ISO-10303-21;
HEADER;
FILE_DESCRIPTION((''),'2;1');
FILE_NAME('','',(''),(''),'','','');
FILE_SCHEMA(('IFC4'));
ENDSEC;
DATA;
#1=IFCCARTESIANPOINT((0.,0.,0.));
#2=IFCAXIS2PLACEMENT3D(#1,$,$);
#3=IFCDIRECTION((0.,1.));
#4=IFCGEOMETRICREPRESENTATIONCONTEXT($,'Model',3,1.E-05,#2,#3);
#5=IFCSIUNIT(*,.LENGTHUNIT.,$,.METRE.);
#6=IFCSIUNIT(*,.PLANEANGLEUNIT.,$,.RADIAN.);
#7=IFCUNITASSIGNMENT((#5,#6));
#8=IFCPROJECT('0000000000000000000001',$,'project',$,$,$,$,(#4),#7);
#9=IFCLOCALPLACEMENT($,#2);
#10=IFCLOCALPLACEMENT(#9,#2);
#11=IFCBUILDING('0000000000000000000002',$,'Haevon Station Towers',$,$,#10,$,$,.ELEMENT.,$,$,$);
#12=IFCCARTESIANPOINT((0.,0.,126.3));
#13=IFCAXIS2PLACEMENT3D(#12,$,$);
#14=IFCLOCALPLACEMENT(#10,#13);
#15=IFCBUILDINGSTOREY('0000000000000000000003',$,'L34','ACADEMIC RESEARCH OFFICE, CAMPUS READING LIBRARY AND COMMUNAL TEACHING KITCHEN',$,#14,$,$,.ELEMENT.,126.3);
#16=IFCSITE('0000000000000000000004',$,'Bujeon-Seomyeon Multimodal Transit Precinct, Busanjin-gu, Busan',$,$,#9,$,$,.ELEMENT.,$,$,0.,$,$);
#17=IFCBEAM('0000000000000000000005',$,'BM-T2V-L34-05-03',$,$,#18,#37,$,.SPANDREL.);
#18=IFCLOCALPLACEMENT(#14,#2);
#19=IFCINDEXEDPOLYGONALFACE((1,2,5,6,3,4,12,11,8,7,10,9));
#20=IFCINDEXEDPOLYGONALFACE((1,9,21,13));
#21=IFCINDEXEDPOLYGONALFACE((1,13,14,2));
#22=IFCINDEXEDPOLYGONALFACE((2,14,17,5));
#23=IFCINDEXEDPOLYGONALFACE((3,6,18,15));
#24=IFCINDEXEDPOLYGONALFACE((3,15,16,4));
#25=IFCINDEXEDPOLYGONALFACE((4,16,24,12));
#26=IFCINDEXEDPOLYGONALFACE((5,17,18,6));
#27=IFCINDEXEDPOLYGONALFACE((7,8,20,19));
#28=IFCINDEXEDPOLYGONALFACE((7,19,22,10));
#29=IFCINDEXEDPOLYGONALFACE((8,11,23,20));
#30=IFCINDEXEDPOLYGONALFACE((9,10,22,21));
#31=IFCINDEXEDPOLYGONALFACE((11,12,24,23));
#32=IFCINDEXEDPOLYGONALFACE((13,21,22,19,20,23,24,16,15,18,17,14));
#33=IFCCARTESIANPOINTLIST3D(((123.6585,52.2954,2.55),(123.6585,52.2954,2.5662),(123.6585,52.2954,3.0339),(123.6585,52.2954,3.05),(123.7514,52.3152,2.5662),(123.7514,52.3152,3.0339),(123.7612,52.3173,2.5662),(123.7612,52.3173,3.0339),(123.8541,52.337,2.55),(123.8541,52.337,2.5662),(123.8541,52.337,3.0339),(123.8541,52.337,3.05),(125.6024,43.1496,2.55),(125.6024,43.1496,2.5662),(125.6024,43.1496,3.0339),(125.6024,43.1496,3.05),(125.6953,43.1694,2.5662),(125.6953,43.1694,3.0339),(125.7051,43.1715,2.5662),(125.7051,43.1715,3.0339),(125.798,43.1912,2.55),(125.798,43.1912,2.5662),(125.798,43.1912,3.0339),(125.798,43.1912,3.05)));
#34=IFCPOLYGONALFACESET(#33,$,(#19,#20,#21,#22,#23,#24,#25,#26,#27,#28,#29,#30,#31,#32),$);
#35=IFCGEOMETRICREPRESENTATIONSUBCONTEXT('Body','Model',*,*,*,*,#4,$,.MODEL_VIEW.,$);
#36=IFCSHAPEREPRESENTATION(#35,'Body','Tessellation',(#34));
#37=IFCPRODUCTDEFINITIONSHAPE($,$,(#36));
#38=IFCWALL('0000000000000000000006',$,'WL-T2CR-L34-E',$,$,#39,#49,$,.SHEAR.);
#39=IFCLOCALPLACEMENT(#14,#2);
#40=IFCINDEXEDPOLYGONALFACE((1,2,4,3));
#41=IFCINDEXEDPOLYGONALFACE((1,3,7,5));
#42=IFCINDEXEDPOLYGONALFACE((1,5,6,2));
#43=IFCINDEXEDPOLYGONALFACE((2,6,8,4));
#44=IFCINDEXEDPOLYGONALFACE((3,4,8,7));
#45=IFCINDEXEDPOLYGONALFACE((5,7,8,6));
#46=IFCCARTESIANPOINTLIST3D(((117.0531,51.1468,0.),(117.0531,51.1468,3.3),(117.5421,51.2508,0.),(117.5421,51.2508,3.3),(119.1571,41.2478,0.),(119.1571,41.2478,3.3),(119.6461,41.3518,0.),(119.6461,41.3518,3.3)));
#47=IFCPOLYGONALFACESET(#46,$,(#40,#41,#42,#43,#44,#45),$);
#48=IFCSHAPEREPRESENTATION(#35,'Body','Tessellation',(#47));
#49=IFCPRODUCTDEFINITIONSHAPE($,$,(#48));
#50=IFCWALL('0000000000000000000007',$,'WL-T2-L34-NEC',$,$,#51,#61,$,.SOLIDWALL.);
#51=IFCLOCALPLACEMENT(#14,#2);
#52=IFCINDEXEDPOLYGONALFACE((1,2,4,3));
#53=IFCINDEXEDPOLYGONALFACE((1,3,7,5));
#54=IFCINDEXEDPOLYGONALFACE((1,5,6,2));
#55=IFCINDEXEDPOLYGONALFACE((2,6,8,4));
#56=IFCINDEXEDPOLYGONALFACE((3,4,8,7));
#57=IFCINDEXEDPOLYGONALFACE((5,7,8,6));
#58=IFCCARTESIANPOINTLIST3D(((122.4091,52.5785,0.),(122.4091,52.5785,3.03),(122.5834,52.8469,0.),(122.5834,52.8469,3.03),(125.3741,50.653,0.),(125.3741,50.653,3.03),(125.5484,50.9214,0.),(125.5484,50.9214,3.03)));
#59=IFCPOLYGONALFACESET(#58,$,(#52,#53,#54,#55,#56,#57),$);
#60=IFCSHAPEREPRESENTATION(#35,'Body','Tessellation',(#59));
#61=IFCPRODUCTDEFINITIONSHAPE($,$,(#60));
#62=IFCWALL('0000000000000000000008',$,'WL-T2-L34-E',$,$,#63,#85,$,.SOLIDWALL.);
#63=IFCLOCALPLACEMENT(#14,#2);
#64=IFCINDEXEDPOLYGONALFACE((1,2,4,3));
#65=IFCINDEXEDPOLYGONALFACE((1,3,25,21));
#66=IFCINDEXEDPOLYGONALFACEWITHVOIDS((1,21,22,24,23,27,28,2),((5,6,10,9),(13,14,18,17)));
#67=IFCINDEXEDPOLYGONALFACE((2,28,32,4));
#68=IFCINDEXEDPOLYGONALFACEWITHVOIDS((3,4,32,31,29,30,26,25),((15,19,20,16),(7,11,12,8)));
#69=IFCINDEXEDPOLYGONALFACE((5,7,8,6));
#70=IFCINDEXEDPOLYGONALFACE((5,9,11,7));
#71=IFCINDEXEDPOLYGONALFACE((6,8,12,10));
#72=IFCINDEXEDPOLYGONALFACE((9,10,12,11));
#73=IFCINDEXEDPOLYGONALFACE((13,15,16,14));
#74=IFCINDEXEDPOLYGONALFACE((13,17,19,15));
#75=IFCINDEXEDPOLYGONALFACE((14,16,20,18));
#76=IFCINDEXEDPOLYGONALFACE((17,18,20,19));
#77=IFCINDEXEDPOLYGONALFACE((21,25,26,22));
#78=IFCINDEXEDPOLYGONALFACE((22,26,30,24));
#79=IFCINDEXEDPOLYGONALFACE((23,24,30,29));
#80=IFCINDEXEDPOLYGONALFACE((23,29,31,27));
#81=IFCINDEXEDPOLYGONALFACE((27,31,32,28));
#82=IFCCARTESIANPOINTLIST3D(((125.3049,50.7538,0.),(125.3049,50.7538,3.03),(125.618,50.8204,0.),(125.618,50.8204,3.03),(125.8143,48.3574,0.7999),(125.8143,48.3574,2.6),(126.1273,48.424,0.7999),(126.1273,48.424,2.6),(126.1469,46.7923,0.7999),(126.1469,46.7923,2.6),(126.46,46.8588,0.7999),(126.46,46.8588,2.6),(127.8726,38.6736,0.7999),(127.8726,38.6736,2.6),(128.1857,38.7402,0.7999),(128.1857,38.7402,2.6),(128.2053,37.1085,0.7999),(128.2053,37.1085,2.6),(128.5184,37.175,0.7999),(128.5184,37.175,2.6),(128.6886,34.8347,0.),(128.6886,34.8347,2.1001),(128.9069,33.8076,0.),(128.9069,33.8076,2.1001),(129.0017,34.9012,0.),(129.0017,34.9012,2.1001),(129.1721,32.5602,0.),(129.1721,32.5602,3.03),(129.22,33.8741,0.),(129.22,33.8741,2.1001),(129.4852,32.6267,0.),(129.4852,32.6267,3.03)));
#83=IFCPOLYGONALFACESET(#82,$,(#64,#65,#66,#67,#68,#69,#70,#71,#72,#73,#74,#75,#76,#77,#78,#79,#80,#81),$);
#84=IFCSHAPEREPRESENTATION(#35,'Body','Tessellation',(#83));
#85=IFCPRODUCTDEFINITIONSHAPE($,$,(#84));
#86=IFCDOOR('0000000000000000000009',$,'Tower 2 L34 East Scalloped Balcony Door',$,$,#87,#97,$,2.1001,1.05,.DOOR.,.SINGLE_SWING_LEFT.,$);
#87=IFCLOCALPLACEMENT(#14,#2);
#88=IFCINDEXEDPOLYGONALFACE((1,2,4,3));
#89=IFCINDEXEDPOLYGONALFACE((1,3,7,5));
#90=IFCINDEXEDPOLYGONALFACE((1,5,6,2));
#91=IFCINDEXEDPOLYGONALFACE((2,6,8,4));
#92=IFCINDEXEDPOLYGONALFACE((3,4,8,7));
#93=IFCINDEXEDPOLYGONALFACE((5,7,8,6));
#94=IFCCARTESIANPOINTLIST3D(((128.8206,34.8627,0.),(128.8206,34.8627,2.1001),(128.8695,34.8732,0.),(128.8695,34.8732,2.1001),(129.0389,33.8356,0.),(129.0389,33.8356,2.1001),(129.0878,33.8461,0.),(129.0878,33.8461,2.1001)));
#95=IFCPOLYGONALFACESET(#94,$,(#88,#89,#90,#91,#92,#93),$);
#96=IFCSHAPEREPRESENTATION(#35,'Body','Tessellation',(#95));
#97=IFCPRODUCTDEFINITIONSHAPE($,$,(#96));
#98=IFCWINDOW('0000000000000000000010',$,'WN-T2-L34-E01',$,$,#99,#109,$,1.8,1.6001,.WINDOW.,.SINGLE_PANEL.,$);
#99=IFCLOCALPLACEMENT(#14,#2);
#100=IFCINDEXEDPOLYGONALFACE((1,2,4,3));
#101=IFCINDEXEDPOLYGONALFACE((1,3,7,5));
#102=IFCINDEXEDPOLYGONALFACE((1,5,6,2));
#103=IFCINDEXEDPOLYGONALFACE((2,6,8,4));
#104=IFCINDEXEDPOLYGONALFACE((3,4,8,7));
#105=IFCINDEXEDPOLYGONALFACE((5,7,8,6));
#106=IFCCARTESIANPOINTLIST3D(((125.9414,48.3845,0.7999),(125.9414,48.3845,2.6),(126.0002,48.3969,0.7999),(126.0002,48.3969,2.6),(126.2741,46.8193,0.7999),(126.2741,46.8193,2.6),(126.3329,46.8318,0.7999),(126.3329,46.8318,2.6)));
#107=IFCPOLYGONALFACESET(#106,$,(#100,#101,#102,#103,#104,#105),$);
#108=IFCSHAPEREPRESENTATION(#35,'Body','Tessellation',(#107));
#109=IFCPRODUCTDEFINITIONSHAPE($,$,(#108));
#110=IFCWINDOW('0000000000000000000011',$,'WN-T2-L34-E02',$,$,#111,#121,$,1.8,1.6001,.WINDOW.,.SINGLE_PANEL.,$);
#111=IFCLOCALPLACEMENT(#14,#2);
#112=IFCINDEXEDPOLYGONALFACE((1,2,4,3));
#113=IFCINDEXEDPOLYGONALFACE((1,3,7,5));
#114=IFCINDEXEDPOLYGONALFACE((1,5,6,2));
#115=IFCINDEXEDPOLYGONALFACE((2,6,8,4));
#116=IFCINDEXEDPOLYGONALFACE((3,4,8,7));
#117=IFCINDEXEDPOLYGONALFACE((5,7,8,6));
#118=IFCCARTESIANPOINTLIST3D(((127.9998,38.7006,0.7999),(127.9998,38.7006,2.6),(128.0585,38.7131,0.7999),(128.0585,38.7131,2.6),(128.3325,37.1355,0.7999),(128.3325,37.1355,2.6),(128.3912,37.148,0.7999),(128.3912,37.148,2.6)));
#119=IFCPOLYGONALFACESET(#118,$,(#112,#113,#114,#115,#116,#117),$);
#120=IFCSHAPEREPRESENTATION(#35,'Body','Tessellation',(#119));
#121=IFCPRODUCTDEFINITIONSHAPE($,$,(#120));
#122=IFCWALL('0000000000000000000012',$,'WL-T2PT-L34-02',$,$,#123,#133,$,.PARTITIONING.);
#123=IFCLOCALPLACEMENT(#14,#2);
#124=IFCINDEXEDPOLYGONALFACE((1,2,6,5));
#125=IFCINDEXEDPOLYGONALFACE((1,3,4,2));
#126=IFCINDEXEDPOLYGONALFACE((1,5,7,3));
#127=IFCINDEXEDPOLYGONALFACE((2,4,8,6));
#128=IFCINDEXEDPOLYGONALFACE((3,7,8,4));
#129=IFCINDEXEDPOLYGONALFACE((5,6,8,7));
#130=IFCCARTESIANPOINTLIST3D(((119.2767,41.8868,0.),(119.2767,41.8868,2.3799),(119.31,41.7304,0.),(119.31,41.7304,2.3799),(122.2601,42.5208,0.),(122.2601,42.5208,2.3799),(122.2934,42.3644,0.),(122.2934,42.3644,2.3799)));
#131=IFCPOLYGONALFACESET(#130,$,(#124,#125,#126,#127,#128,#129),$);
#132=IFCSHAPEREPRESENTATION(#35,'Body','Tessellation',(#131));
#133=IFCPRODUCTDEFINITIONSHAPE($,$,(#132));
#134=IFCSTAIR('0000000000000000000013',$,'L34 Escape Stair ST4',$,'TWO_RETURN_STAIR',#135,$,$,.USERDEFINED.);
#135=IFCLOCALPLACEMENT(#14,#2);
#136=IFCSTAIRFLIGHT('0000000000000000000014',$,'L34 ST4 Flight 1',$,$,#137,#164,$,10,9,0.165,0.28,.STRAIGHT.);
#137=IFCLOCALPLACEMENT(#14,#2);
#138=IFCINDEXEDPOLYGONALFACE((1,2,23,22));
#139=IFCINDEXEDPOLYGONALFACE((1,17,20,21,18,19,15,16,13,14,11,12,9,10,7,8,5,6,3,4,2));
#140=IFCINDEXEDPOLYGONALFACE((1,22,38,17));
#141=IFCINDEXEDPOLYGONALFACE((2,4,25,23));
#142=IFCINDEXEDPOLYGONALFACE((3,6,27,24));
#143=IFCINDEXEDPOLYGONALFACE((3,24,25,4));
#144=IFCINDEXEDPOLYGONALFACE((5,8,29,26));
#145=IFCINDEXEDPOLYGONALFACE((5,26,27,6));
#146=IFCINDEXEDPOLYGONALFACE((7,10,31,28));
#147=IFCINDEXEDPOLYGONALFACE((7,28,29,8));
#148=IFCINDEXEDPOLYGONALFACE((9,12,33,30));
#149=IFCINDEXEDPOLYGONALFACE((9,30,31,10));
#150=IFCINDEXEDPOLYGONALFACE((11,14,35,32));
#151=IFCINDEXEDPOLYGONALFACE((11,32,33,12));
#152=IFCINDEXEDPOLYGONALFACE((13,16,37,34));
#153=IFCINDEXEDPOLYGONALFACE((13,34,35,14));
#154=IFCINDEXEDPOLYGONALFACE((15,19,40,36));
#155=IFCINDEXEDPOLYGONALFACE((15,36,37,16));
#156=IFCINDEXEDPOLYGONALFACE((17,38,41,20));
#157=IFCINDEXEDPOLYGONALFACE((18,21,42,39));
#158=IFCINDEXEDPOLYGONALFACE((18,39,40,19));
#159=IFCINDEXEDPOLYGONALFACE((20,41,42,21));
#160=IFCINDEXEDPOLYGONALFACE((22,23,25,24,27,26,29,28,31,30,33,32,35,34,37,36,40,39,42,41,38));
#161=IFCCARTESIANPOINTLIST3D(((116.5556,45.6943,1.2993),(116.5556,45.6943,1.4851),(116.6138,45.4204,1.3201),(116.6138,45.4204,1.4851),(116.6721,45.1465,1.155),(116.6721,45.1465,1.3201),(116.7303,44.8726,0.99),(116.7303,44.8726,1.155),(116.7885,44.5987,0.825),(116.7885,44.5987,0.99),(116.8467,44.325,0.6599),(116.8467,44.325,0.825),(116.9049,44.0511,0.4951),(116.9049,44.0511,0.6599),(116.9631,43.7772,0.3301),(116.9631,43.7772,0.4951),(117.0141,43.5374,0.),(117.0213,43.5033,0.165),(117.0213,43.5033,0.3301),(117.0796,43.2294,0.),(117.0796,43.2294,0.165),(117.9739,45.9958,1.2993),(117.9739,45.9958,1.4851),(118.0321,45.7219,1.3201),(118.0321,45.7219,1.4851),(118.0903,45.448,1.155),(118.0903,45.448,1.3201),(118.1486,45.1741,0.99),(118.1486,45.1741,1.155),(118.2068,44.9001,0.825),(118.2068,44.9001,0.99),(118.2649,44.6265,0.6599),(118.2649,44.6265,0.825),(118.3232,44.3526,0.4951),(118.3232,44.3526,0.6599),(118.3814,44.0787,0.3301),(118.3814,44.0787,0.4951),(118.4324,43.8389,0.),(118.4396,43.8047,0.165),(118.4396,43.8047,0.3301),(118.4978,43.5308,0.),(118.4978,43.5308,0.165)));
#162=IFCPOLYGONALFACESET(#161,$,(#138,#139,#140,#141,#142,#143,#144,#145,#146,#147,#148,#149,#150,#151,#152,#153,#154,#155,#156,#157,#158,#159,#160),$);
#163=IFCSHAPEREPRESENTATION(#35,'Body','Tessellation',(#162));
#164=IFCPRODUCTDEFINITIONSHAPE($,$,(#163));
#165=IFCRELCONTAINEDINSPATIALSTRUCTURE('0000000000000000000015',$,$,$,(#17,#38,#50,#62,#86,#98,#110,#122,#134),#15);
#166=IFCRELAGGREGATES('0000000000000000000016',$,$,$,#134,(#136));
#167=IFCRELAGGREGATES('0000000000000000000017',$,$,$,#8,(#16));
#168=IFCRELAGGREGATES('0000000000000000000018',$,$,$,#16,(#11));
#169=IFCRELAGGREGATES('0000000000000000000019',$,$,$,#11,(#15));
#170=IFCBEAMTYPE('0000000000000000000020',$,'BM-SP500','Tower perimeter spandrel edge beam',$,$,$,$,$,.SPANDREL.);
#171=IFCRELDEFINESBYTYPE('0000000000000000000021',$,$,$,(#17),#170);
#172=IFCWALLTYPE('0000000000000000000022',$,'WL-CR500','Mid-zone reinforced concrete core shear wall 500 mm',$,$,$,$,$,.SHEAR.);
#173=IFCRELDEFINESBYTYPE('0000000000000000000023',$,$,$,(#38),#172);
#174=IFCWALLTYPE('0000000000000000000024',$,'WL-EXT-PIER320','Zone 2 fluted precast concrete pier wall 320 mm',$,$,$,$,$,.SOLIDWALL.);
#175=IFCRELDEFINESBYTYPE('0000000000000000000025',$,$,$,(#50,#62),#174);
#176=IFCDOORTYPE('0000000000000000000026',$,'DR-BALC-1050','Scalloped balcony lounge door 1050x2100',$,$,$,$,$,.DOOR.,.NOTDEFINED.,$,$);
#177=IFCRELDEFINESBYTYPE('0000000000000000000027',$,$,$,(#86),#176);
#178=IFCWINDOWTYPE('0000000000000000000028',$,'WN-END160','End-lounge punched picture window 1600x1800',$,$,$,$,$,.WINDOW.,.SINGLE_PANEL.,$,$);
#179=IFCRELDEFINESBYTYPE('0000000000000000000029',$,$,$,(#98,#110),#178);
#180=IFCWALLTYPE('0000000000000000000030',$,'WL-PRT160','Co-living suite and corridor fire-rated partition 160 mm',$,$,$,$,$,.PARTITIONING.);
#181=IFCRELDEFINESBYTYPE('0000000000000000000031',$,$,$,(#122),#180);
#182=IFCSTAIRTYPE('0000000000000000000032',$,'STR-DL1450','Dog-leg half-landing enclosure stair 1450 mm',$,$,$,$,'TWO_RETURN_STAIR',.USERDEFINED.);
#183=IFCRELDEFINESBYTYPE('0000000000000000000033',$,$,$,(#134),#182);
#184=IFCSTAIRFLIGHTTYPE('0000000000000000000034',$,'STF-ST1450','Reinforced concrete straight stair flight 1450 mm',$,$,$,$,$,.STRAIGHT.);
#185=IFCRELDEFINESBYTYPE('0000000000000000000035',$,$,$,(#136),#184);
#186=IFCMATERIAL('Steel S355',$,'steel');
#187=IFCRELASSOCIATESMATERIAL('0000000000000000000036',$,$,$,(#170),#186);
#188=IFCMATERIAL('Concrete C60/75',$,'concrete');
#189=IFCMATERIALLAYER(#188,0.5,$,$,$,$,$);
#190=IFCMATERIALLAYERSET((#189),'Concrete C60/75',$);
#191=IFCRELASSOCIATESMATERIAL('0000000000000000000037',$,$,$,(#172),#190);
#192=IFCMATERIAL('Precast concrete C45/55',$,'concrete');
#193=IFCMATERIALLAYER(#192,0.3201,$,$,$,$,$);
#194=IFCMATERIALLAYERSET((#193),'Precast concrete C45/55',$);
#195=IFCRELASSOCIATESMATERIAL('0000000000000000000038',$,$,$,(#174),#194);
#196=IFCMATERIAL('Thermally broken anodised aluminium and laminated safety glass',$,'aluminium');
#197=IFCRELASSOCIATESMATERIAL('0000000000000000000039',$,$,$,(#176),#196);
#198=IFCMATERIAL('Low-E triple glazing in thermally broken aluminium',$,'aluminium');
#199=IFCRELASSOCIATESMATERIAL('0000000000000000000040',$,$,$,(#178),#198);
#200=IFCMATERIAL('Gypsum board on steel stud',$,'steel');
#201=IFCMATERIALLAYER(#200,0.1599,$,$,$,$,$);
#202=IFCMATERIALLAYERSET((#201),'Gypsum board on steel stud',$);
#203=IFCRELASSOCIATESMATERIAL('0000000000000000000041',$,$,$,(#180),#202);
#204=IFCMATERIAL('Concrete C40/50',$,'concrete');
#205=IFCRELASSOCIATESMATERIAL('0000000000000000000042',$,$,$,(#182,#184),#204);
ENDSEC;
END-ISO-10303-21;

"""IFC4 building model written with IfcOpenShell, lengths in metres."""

from ifc_helpers import new_model, si_unit, direction, frame, frame_2d, origin, origin_2d, place, context, subcontext, project, spatial, polyline, rectangle, i_section, outline, extrude, material, layer, layer_set, material_profile, profile_set, type_object, element, fill, aggregate, save


model = new_model("IFC4")

# Units and contexts
model_context = context("Model", 3, precision=1e-05, world=origin(), true_north=direction((0.0, 1.0)))
body_context = subcontext(model_context, "Body", "Model", "MODEL_VIEW")
ifc_project = project(units=[si_unit("LENGTHUNIT", "METRE"), si_unit("PLANEANGLEUNIT", "RADIAN")], contexts=[model_context])

# Site, building, storey
site_placement = place(None, origin())
site = spatial("IfcSite", under=ifc_project, at=site_placement, Name="Bujeon-Seomyeon Multimodal Transit Precinct, Busanjin-gu, Busan", CompositionType="ELEMENT", RefElevation=0.0)
building_placement = place(site_placement, origin())
building = spatial("IfcBuilding", under=site, at=building_placement, Name="Haevon Station Towers", CompositionType="ELEMENT")
storey_placement = place(building_placement, frame((0.0, 0.0, 126.3)))
storey = spatial("IfcBuildingStorey", under=building, at=storey_placement, Name="L34", Description="ACADEMIC RESEARCH OFFICE, CAMPUS READING LIBRARY AND COMMUNAL TEACHING KITCHEN", CompositionType="ELEMENT", Elevation=126.3)

# Beam
ifc_material_1 = material(Name="Steel S355", Category="steel")
ifc_material_profile_1 = material_profile(ifc_material_1, i_section(OverallWidth=0.2, OverallDepth=0.5, WebThickness=0.01, FlangeThickness=0.0161, at=origin_2d()), Name="H-500x200x10x16")
ifc_profile_set_1 = profile_set([ifc_material_profile_1], Name="Steel S355")
beam_type_1 = type_object("IfcBeamType", Name="BM-SP500", Description="Tower perimeter spandrel edge beam", PredefinedType="SPANDREL", material=ifc_profile_set_1)
beam_1_placement = place(storey_placement, frame((125.7002, 43.1704, 2.8), z_axis=(-0.207897, 0.978151, 0.0), x_axis=(-0.978151, -0.207897, 0.0)))
element("IfcBeam", 1, at=beam_1_placement, inside=storey, type_object=beam_type_1, Name="BM-T2V-L34-05-03", PredefinedType="SPANDREL", context=body_context, shape_type="SweptSolid", body=[
    extrude(i_section(OverallWidth=0.2, OverallDepth=0.5, WebThickness=0.01, FlangeThickness=0.0161, at=origin_2d()), origin(), (0.0, 0.0, 1.0), 9.3501),
])

# Walls
ifc_material_2 = material(Name="Concrete C60/75", Category="concrete")
ifc_layer_1 = layer(ifc_material_2, 0.5)
ifc_layer_set_1 = layer_set([ifc_layer_1], Name="Concrete C60/75")
wall_type_1 = type_object("IfcWallType", Name="WL-CR500", Description="Mid-zone reinforced concrete core shear wall 500 mm", PredefinedType="SHEAR", material=ifc_layer_set_1)
wall_1_placement = place(storey_placement, frame((119.4016, 41.2998, 0.0), z_axis=(0.0, 0.0, 1.0), x_axis=(-0.207904, 0.978149, 0.0)))
element("IfcWall", 2, at=wall_1_placement, inside=storey, type_object=wall_type_1, Name="WL-T2CR-L34-E", PredefinedType="SHEAR", context=body_context, shape_type="SweptSolid", body=[
    extrude(rectangle(XDim=10.1201, YDim=0.5, at=frame_2d((5.0601, 0.0))), origin(), (0.0, 0.0, 1.0), 3.3),
])
ifc_material_3 = material(Name="Precast concrete C45/55", Category="concrete")
ifc_layer_2 = layer(ifc_material_3, 0.3201)
ifc_layer_set_2 = layer_set([ifc_layer_2], Name="Precast concrete C45/55")
wall_type_2 = type_object("IfcWallType", Name="WL-EXT-PIER320", Description="Zone 2 fluted precast concrete pier wall 320 mm", PredefinedType="SOLIDWALL", material=ifc_layer_set_2)
wall_2_placement = place(storey_placement, frame((122.4963, 52.7126, 0.0), z_axis=(0.0, 0.0, 1.0), x_axis=(0.838672, -0.544636, 0.0)))
element("IfcWall", 3, at=wall_2_placement, inside=storey, type_object=wall_type_2, Name="WL-T2-L34-NEC", PredefinedType="SOLIDWALL", context=body_context, shape_type="SweptSolid", body=[
    extrude(rectangle(XDim=3.5354, YDim=0.3201, at=frame_2d((1.7676, 0.0))), origin(), (0.0, 0.0, 1.0), 3.03),
])

# Wall, openings, door, windows
wall_3_placement = place(storey_placement, frame((125.4614, 50.7871, 0.0), z_axis=(0.0, 0.0, 1.0), x_axis=(0.207913, -0.978147, 0.0)))
wall_3 = element("IfcWall", 4, at=wall_3_placement, inside=storey, type_object=wall_type_2, Name="WL-T2-L34-E", PredefinedType="SOLIDWALL", context=body_context, shape_type="SweptSolid", body=[
    extrude(rectangle(XDim=18.6001, YDim=0.3201, at=frame_2d((9.3, 0.0))), origin(), (0.0, 0.0, 1.0), 3.03),
])
opening_1_placement = place(wall_3_placement, frame((16.2749, 0.0, 0.0)))
opening_1 = element("IfcOpeningElement", 5, at=opening_1_placement, cuts=wall_3, PredefinedType="OPENING", context=body_context, shape_type="SweptSolid", body=[
    extrude(rectangle(XDim=1.05, YDim=2.1001, at=frame_2d((0.5249, 1.05))), frame((0.0, 0.1699, 0.0), z_axis=(0.0, -1.0, 0.0), x_axis=(1.0, 0.0, 0.0)), (0.0, 0.0, 1.0), 0.3401),
])
opening_2_placement = place(wall_3_placement, frame((2.45, 0.0, 0.8)))
opening_2 = element("IfcOpeningElement", 6, at=opening_2_placement, cuts=wall_3, PredefinedType="OPENING", context=body_context, shape_type="SweptSolid", body=[
    extrude(rectangle(XDim=1.6001, YDim=1.8, at=frame_2d((0.8, 0.8999))), frame((0.0, 0.1699, 0.0), z_axis=(0.0, -1.0, 0.0), x_axis=(1.0, 0.0, 0.0)), (0.0, 0.0, 1.0), 0.3401),
])
opening_3_placement = place(wall_3_placement, frame((12.3501, 0.0, 0.8)))
opening_3 = element("IfcOpeningElement", 7, at=opening_3_placement, cuts=wall_3, PredefinedType="OPENING", context=body_context, shape_type="SweptSolid", body=[
    extrude(rectangle(XDim=1.6001, YDim=1.8, at=frame_2d((0.8, 0.8999))), frame((0.0, 0.1699, 0.0), z_axis=(0.0, -1.0, 0.0), x_axis=(1.0, 0.0, 0.0)), (0.0, 0.0, 1.0), 0.3401),
])
ifc_material_4 = material(Name="Thermally broken anodised aluminium and laminated safety glass", Category="aluminium")
door_type = type_object("IfcDoorType", Name="DR-BALC-1050", Description="Scalloped balcony lounge door 1050x2100", OperationType="NOTDEFINED", PredefinedType="DOOR", material=ifc_material_4)
door_placement = place(opening_1_placement, origin())
door = element("IfcDoor", 8, at=door_placement, inside=storey, type_object=door_type, Name="Tower 2 L34 East Scalloped Balcony Door", OperationType="SINGLE_SWING_LEFT", OverallHeight=2.1001, OverallWidth=1.05, PredefinedType="DOOR", context=body_context, shape_type="SweptSolid", body=[
    extrude(rectangle(XDim=1.05, YDim=2.1001, at=frame_2d((0.5249, 1.05))), frame((0.0, 0.0249, 0.0), z_axis=(0.0, -1.0, 0.0), x_axis=(1.0, 0.0, 0.0)), (0.0, 0.0, 1.0), 0.05),
])
fill(opening_1, door)
ifc_material_5 = material(Name="Low-E triple glazing in thermally broken aluminium", Category="aluminium")
window_type = type_object("IfcWindowType", Name="WN-END160", Description="End-lounge punched picture window 1600x1800", PartitioningType="SINGLE_PANEL", PredefinedType="WINDOW", material=ifc_material_5)
window_1_placement = place(opening_2_placement, origin())
window_1 = element("IfcWindow", 9, at=window_1_placement, inside=storey, type_object=window_type, Name="WN-T2-L34-E01", OverallHeight=1.8, OverallWidth=1.6001, PartitioningType="SINGLE_PANEL", PredefinedType="WINDOW", context=body_context, shape_type="SweptSolid", body=[
    extrude(rectangle(XDim=1.6001, YDim=1.8, at=frame_2d((0.8, 0.8999))), frame((0.0, 0.03, 0.0), z_axis=(0.0, -1.0, 0.0), x_axis=(1.0, 0.0, 0.0)), (0.0, 0.0, 1.0), 0.0601),
])
fill(opening_2, window_1)
window_2_placement = place(opening_3_placement, origin())
window_2 = element("IfcWindow", 10, at=window_2_placement, inside=storey, type_object=window_type, Name="WN-T2-L34-E02", OverallHeight=1.8, OverallWidth=1.6001, PartitioningType="SINGLE_PANEL", PredefinedType="WINDOW", context=body_context, shape_type="SweptSolid", body=[
    extrude(rectangle(XDim=1.6001, YDim=1.8, at=frame_2d((0.8, 0.8999))), frame((0.0, 0.03, 0.0), z_axis=(0.0, -1.0, 0.0), x_axis=(1.0, 0.0, 0.0)), (0.0, 0.0, 1.0), 0.0601),
])
fill(opening_3, window_2)

# Wall
ifc_material_6 = material(Name="Gypsum board on steel stud", Category="steel")
ifc_layer_3 = layer(ifc_material_6, 0.1599)
ifc_layer_set_3 = layer_set([ifc_layer_3], Name="Gypsum board on steel stud")
wall_type_3 = type_object("IfcWallType", Name="WL-PRT160", Description="Co-living suite and corridor fire-rated partition 160 mm", PredefinedType="PARTITIONING", material=ifc_layer_set_3)
wall_4_placement = place(storey_placement, frame((119.2935, 41.8086, 0.0), z_axis=(0.0, 0.0, 1.0), x_axis=(0.978155, 0.207878, 0.0)))
element("IfcWall", 11, at=wall_4_placement, inside=storey, type_object=wall_type_3, Name="WL-T2PT-L34-02", PredefinedType="PARTITIONING", context=body_context, shape_type="SweptSolid", body=[
    extrude(rectangle(XDim=3.05, YDim=0.1599, at=frame_2d((1.5249, 0.0))), origin(), (0.0, 0.0, 1.0), 2.3799),
])

# Stair, stair flight
ifc_material_7 = material(Name="Concrete C40/50", Category="concrete")
stair_type = type_object("IfcStairType", Name="STR-DL1450", Description="Dog-leg half-landing enclosure stair 1450 mm", ElementType="TWO_RETURN_STAIR", PredefinedType="USERDEFINED", material=ifc_material_7)
stair_placement = place(storey_placement, origin())
stair = element("IfcStair", 12, at=stair_placement, inside=storey, type_object=stair_type, Name="L34 Escape Stair ST4", ObjectType="TWO_RETURN_STAIR", PredefinedType="USERDEFINED")
stair_flight_type = type_object("IfcStairFlightType", Name="STF-ST1450", Description="Reinforced concrete straight stair flight 1450 mm", PredefinedType="STRAIGHT", material=ifc_material_7)
stair_flight_placement = place(storey_placement, frame((117.7888, 43.3801, 0.0), z_axis=(0.0, 0.0, 1.0), x_axis=(-0.207912, 0.978148, 0.0)))
stair_flight = element("IfcStairFlight", 13, at=stair_flight_placement, type_object=stair_flight_type, Name="L34 ST4 Flight 1", NumberOfRisers=10, NumberOfTreads=9, PredefinedType="STRAIGHT", RiserHeight=0.165, TreadLength=0.28, context=body_context, shape_type="SweptSolid", body=[
    extrude(outline(polyline([(0.0, 0.0), (0.0, 0.165), (0.28, 0.165), (0.28, 0.3301), (0.5601, 0.3301), (0.5601, 0.4951), (0.8401, 0.4951), (0.8401, 0.6599), (1.1201, 0.6599), (1.1201, 0.825), (1.3999, 0.825), (1.3999, 0.99), (1.6799, 0.99), (1.6799, 1.155), (1.96, 1.155), (1.96, 1.3201), (2.24, 1.3201), (2.24, 1.4851), (2.52, 1.4851), (2.52, 1.6499), (2.52, 1.2993), (0.3149, 0.0), (0.0, 0.0)])), frame((0.0, 0.7251, 0.0), z_axis=(0.0, -1.0, 0.0), x_axis=(1.0, 0.0, 0.0)), (0.0, 0.0, 1.0), 1.45),
])
aggregate(stair, [stair_flight])

save(model, "model.ifc")
